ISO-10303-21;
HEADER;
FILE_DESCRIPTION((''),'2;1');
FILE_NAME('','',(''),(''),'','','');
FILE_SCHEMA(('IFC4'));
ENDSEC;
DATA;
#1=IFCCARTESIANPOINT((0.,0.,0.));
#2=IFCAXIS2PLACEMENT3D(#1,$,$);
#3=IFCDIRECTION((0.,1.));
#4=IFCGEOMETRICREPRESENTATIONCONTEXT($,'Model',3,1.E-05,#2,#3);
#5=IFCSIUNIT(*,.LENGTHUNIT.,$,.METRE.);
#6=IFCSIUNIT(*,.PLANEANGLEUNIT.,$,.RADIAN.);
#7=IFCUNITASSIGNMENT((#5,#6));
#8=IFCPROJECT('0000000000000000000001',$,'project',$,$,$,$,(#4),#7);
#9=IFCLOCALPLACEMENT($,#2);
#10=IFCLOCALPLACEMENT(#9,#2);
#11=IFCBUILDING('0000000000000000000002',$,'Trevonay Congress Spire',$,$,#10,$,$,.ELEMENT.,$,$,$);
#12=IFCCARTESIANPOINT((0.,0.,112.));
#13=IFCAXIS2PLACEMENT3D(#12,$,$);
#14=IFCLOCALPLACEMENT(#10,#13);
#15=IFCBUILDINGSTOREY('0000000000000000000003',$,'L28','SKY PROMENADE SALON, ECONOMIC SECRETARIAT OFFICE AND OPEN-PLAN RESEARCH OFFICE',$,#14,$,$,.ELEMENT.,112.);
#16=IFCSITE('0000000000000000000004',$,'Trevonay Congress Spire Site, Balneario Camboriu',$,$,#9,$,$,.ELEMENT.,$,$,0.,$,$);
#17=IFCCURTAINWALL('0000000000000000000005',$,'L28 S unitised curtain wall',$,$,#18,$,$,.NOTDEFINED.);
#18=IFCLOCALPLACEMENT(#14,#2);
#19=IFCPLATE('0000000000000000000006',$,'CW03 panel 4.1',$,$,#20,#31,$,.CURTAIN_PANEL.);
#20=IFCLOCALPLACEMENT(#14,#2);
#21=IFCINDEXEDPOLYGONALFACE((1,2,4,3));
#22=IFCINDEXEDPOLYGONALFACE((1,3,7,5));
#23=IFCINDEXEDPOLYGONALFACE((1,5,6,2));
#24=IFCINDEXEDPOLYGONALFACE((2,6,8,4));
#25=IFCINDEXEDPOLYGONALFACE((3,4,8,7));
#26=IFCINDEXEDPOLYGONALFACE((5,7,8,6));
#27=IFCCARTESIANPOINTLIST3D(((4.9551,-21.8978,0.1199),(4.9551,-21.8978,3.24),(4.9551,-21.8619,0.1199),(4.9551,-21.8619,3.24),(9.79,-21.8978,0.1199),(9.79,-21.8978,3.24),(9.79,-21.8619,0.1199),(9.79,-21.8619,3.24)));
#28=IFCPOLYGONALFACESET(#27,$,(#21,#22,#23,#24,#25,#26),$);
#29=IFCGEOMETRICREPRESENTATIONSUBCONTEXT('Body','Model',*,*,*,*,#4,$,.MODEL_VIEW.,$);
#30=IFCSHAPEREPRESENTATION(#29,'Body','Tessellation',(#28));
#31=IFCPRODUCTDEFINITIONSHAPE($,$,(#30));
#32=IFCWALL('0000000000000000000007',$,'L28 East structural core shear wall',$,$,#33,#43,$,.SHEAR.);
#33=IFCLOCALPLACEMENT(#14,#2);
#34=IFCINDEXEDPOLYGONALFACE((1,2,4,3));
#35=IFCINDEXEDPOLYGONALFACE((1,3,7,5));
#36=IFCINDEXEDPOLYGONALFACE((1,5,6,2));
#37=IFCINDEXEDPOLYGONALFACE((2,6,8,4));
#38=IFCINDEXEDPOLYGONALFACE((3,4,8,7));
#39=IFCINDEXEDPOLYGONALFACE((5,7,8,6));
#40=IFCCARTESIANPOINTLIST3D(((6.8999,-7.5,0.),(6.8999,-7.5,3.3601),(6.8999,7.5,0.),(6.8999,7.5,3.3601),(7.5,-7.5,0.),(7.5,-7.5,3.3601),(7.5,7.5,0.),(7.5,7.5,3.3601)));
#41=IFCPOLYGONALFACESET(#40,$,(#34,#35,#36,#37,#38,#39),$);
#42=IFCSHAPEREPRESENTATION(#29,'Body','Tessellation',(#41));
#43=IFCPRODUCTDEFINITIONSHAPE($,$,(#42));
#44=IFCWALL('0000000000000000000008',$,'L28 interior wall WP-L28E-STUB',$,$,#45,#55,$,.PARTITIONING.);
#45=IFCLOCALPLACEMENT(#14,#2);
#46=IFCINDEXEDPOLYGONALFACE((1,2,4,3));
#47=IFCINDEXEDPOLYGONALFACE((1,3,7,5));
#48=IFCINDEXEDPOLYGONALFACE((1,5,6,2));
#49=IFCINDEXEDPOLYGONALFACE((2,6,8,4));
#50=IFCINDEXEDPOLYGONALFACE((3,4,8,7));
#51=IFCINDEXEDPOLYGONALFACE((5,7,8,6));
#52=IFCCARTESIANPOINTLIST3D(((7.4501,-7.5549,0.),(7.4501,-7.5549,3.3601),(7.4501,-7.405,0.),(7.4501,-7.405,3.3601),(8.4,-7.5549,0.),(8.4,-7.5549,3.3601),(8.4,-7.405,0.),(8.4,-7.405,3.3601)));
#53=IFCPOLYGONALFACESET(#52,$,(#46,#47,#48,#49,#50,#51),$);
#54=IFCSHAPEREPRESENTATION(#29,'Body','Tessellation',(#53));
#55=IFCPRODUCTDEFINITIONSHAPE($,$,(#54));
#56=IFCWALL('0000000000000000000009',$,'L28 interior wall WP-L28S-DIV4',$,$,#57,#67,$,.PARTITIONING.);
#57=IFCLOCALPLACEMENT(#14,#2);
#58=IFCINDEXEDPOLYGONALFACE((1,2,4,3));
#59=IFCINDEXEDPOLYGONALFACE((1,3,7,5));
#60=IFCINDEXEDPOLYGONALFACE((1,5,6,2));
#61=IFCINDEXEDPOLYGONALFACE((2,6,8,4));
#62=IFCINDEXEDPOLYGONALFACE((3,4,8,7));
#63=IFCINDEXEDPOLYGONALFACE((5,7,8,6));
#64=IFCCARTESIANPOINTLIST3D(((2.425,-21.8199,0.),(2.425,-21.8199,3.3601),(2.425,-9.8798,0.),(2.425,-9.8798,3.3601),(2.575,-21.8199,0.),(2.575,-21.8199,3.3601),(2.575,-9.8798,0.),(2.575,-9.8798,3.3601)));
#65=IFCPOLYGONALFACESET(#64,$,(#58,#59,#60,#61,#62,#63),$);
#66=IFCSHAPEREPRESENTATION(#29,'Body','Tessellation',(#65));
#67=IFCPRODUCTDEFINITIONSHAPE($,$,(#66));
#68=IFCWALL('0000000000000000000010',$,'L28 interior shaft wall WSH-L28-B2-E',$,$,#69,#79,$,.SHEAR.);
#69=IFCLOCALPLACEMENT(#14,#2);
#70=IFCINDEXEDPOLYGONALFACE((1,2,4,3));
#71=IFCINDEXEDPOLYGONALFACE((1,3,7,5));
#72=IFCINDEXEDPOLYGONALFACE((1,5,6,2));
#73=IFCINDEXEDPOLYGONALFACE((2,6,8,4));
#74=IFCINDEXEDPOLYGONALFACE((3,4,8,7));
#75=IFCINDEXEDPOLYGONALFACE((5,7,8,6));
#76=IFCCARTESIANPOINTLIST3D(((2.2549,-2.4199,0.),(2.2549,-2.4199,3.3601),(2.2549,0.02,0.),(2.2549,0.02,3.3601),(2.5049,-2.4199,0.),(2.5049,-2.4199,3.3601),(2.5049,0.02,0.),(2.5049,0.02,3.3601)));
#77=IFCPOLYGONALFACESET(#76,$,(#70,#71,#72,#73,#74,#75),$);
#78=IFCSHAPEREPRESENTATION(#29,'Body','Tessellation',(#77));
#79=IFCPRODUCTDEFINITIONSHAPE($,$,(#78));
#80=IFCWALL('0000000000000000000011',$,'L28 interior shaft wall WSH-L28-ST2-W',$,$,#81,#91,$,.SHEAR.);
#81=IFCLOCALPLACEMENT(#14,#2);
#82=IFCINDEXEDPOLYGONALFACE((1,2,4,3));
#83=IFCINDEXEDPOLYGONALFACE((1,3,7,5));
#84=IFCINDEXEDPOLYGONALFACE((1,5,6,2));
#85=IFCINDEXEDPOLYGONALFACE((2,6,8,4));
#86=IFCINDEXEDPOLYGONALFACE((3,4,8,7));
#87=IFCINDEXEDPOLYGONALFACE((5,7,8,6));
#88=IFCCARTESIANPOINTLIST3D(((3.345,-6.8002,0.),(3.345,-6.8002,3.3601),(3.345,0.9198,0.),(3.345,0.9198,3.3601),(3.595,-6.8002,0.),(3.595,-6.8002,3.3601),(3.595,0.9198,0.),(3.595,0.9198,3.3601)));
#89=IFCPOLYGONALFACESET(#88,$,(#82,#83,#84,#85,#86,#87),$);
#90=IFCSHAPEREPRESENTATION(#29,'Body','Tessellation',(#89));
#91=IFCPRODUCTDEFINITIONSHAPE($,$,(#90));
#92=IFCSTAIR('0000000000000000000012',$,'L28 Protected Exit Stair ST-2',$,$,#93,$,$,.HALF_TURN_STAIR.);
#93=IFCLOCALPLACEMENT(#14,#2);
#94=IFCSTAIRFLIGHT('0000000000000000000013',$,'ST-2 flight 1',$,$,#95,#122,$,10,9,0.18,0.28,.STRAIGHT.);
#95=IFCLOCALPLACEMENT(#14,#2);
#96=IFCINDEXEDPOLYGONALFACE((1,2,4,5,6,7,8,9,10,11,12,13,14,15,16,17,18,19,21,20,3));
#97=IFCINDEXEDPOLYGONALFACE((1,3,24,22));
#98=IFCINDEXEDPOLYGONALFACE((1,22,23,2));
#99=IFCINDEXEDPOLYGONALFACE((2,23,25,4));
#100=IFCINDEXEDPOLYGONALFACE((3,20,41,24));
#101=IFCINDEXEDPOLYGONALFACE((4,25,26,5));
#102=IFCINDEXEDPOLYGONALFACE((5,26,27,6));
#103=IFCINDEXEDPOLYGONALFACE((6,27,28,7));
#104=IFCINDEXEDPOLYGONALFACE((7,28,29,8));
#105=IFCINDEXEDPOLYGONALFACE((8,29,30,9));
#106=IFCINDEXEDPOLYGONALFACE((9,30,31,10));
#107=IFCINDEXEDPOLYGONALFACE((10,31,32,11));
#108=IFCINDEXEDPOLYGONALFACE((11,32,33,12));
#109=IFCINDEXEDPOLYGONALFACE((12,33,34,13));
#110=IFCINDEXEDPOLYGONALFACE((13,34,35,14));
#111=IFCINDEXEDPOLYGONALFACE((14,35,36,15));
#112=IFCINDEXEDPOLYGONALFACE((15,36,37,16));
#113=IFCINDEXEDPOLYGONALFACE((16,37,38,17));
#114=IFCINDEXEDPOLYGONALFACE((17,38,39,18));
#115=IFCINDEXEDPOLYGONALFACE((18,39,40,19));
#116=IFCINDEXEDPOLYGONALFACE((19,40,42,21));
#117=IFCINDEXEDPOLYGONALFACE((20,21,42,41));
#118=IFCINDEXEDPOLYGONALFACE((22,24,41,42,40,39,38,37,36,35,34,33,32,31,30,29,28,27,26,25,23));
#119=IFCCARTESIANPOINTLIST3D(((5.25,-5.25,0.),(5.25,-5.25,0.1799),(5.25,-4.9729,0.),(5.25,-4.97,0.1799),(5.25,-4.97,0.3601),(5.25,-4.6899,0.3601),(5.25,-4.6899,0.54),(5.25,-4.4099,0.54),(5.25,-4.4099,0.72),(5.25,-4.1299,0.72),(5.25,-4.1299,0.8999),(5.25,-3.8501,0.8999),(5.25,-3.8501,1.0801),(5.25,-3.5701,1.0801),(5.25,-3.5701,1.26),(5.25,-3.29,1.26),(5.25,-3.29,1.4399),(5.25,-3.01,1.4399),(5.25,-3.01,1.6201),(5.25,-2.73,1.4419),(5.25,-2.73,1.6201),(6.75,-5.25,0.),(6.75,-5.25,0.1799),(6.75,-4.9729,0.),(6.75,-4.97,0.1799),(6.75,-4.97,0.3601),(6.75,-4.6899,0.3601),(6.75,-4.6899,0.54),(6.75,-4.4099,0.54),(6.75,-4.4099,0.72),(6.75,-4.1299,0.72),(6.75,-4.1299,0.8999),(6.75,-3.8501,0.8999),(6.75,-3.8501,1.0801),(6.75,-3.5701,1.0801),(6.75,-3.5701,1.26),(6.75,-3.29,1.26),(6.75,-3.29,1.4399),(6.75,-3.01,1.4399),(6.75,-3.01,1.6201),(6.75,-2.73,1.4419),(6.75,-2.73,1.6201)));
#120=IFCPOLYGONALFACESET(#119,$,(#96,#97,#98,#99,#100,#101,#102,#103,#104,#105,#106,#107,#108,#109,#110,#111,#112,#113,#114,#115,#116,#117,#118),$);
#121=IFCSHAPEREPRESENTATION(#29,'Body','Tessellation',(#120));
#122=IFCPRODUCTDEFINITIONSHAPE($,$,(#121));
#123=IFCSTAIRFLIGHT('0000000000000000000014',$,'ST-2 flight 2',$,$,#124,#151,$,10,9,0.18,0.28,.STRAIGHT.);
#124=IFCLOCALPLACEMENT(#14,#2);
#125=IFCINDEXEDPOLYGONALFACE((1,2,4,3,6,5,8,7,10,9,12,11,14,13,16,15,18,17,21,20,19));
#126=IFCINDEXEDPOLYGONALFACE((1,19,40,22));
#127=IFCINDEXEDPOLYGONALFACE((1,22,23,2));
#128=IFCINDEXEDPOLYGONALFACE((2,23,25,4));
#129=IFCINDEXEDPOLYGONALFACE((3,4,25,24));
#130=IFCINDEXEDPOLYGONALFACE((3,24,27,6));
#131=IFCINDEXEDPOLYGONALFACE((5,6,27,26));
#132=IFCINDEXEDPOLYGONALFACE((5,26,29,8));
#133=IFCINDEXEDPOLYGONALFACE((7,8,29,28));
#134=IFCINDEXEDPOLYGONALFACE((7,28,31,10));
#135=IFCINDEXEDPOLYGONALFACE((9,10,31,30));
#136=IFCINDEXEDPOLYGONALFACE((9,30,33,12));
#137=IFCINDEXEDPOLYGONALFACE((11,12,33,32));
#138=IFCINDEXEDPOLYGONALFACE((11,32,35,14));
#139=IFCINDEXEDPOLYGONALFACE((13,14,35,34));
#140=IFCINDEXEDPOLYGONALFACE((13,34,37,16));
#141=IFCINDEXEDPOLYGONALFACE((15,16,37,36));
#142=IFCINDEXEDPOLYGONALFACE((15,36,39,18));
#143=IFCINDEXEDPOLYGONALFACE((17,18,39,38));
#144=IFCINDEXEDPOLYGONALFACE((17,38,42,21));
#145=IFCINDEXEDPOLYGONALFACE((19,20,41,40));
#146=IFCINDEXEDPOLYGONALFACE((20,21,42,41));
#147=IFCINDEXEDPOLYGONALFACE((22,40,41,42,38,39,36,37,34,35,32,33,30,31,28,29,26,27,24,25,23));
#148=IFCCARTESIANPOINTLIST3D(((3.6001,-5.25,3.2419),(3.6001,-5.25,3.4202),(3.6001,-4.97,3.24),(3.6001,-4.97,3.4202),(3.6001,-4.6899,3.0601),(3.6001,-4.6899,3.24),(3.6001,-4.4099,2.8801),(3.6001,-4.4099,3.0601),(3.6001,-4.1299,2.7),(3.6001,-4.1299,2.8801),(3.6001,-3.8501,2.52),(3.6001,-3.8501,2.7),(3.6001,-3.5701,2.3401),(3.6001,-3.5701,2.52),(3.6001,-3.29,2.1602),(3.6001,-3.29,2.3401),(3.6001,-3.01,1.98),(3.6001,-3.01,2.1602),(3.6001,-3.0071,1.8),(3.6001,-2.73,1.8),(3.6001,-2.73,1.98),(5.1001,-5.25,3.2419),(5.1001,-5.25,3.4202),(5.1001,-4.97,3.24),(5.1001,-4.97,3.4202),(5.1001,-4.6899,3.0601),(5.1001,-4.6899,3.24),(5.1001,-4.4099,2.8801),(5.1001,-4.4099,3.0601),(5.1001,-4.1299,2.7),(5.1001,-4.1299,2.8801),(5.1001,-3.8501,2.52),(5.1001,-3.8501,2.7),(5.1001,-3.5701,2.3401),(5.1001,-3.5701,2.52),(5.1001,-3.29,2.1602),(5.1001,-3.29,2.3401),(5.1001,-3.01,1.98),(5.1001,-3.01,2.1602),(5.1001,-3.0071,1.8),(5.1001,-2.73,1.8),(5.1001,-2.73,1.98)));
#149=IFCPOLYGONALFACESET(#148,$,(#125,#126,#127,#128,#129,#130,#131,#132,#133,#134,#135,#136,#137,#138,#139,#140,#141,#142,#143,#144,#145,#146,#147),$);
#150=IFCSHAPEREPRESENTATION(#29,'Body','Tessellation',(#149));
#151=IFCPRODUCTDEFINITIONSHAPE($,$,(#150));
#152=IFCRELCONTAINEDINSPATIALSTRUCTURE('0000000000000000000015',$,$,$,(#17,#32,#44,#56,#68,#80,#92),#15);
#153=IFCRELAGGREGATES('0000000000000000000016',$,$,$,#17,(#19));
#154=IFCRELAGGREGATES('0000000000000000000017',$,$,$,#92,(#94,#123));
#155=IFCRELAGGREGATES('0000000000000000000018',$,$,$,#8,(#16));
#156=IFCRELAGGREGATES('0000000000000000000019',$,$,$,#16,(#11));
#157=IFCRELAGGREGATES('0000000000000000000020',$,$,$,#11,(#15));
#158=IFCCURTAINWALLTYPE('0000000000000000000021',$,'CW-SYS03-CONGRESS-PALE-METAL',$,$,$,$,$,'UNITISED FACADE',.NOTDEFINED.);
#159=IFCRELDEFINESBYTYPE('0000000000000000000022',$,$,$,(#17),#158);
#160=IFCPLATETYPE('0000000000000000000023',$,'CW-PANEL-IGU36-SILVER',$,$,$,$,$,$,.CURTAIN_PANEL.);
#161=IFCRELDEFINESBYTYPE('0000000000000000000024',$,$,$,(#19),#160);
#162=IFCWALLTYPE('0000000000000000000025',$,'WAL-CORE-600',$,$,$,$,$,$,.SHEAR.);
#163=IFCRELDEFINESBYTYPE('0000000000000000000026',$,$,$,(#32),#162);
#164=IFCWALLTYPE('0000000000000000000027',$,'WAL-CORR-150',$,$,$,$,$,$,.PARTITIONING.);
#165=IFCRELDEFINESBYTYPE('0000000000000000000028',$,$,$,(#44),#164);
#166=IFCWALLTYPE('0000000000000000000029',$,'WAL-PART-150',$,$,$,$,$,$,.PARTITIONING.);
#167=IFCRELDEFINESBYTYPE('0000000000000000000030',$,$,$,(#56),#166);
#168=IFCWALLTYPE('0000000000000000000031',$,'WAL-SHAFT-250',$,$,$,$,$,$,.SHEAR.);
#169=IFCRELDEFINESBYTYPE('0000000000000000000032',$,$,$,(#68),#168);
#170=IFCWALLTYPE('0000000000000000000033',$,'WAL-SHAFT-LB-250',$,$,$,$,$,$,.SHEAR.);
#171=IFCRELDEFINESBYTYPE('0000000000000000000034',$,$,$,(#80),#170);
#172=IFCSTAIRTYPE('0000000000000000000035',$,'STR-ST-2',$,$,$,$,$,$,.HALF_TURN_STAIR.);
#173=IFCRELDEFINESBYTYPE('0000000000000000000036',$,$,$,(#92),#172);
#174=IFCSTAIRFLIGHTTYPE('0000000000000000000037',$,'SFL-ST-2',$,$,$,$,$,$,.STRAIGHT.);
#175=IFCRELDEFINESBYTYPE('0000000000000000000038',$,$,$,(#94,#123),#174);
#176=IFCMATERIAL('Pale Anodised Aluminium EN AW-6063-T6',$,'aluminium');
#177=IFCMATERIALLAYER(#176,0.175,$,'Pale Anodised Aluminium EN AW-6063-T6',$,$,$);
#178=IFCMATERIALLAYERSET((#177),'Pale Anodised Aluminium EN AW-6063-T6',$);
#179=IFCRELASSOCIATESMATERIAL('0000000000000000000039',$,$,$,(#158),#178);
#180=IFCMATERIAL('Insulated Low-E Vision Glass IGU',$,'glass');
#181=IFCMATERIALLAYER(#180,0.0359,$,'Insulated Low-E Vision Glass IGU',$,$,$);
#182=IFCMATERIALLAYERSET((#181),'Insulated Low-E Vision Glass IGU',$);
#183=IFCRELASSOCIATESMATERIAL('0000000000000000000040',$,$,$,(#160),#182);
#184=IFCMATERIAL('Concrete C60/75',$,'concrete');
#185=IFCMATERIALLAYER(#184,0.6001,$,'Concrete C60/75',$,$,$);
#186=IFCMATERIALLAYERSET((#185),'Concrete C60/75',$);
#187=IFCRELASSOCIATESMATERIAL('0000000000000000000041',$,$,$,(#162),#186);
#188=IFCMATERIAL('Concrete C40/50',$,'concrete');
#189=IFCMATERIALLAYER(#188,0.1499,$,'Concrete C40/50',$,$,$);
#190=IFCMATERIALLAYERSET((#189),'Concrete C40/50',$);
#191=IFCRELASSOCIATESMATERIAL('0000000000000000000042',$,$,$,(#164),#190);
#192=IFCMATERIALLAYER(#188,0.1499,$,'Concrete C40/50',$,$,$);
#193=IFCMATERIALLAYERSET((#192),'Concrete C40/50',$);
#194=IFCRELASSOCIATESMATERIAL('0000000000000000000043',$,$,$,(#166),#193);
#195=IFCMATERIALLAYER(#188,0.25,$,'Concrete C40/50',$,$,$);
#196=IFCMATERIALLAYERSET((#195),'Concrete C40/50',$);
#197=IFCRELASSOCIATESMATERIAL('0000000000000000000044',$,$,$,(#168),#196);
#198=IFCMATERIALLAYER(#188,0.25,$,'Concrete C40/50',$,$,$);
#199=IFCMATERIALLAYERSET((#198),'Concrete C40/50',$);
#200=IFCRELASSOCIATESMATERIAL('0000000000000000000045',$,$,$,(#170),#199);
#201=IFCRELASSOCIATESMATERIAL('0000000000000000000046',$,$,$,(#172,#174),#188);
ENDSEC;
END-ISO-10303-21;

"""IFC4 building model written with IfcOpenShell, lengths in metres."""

from ifc_helpers import new_model, si_unit, direction, frame, frame_2d, origin, origin_2d, place, context, subcontext, project, spatial, polyline, rectangle, outline, extrude, material, layer, layer_set, type_object, element, aggregate, save


model = new_model("IFC4")

# Units and contexts
model_context = context("Model", 3, precision=1e-05, world=origin(), true_north=direction((0.0, 1.0)))
body_context = subcontext(model_context, "Body", "Model", "MODEL_VIEW")
ifc_project = project(units=[si_unit("LENGTHUNIT", "METRE"), si_unit("PLANEANGLEUNIT", "RADIAN")], contexts=[model_context])

# Site, building, storey
site_placement = place(None, origin())
site = spatial("IfcSite", under=ifc_project, at=site_placement, Name="Trevonay Congress Spire Site, Balneario Camboriu", CompositionType="ELEMENT", RefElevation=0.0)
building_placement = place(site_placement, origin())
building = spatial("IfcBuilding", under=site, at=building_placement, Name="Trevonay Congress Spire", CompositionType="ELEMENT")
storey_placement = place(building_placement, frame((0.0, 0.0, 112.0)))
storey = spatial("IfcBuildingStorey", under=building, at=storey_placement, Name="L28", Description="SKY PROMENADE SALON, ECONOMIC SECRETARIAT OFFICE AND OPEN-PLAN RESEARCH OFFICE", CompositionType="ELEMENT", Elevation=112.0)

# Curtain wall
ifc_material_1 = material(Name="Pale Anodised Aluminium EN AW-6063-T6", Category="aluminium")
ifc_layer_1 = layer(ifc_material_1, 0.175, Name="Pale Anodised Aluminium EN AW-6063-T6")
ifc_layer_set_1 = layer_set([ifc_layer_1], Name="Pale Anodised Aluminium EN AW-6063-T6")
curtain_wall_type = type_object("IfcCurtainWallType", Name="CW-SYS03-CONGRESS-PALE-METAL", ElementType="UNITISED FACADE", PredefinedType="NOTDEFINED", material=ifc_layer_set_1)
curtain_wall_placement = place(storey_placement, origin())
curtain_wall = element("IfcCurtainWall", 1, at=curtain_wall_placement, inside=storey, type_object=curtain_wall_type, Name="L28 S unitised curtain wall", PredefinedType="NOTDEFINED")

# Plate
ifc_material_2 = material(Name="Insulated Low-E Vision Glass IGU", Category="glass")
ifc_layer_2 = layer(ifc_material_2, 0.0359, Name="Insulated Low-E Vision Glass IGU")
ifc_layer_set_2 = layer_set([ifc_layer_2], Name="Insulated Low-E Vision Glass IGU")
plate_type = type_object("IfcPlateType", Name="CW-PANEL-IGU36-SILVER", PredefinedType="CURTAIN_PANEL", material=ifc_layer_set_2)
plate_1_placement = place(storey_placement, frame((7.3726, -21.8799, 0.1199), z_axis=(0.0, 0.0, 1.0), x_axis=(1.0, 0.0, 0.0)))
plate_1 = element("IfcPlate", 2, at=plate_1_placement, type_object=plate_type, Name="CW03 panel 4.1", PredefinedType="CURTAIN_PANEL", context=body_context, shape_type="SweptSolid", body=[
    extrude(rectangle(XDim=4.835, YDim=0.0359, at=origin_2d()), origin(), (0.0, 0.0, 1.0), 3.1201),
])
aggregate(curtain_wall, [plate_1])

# Walls
ifc_material_3 = material(Name="Concrete C60/75", Category="concrete")
ifc_layer_3 = layer(ifc_material_3, 0.6001, Name="Concrete C60/75")
ifc_layer_set_3 = layer_set([ifc_layer_3], Name="Concrete C60/75")
wall_type_1 = type_object("IfcWallType", Name="WAL-CORE-600", PredefinedType="SHEAR", material=ifc_layer_set_3)
wall_1_placement = place(storey_placement, frame((7.2, -7.5, 0.0), z_axis=(0.0, 0.0, 1.0), x_axis=(0.0, 1.0, 0.0)))
element("IfcWall", 3, at=wall_1_placement, inside=storey, type_object=wall_type_1, Name="L28 East structural core shear wall", PredefinedType="SHEAR", context=body_context, shape_type="SweptSolid", body=[
    extrude(rectangle(XDim=15.0, YDim=0.6001, at=frame_2d((7.5, 0.0))), origin(), (0.0, 0.0, 1.0), 3.3601),
])
ifc_material_4 = material(Name="Concrete C40/50", Category="concrete")
ifc_layer_4 = layer(ifc_material_4, 0.1499, Name="Concrete C40/50")
ifc_layer_set_4 = layer_set([ifc_layer_4], Name="Concrete C40/50")
wall_type_2 = type_object("IfcWallType", Name="WAL-CORR-150", PredefinedType="PARTITIONING", material=ifc_layer_set_4)
wall_2_placement = place(storey_placement, frame((7.45, -7.48, 0.0), z_axis=(0.0, 0.0, 1.0), x_axis=(1.0, 0.0, 0.0)))
element("IfcWall", 4, at=wall_2_placement, inside=storey, type_object=wall_type_2, Name="L28 interior wall WP-L28E-STUB", PredefinedType="PARTITIONING", context=body_context, shape_type="SweptSolid", body=[
    extrude(rectangle(XDim=0.95, YDim=0.1499, at=frame_2d((0.4751, 0.0))), origin(), (0.0, 0.0, 1.0), 3.3601),
])
ifc_layer_5 = layer(ifc_material_4, 0.1499, Name="Concrete C40/50")
ifc_layer_set_5 = layer_set([ifc_layer_5], Name="Concrete C40/50")
wall_type_3 = type_object("IfcWallType", Name="WAL-PART-150", PredefinedType="PARTITIONING", material=ifc_layer_set_5)
wall_3_placement = place(storey_placement, frame((2.5, -21.8201, 0.0), z_axis=(0.0, 0.0, 1.0), x_axis=(0.0, 1.0, 0.0)))
element("IfcWall", 5, at=wall_3_placement, inside=storey, type_object=wall_type_3, Name="L28 interior wall WP-L28S-DIV4", PredefinedType="PARTITIONING", context=body_context, shape_type="SweptSolid", body=[
    extrude(rectangle(XDim=11.9402, YDim=0.1499, at=frame_2d((5.9702, 0.0))), origin(), (0.0, 0.0, 1.0), 3.3601),
])
ifc_layer_6 = layer(ifc_material_4, 0.25, Name="Concrete C40/50")
ifc_layer_set_6 = layer_set([ifc_layer_6], Name="Concrete C40/50")
wall_type_4 = type_object("IfcWallType", Name="WAL-SHAFT-250", PredefinedType="SHEAR", material=ifc_layer_set_6)
wall_4_placement = place(storey_placement, frame((2.3799, -2.4199, 0.0), z_axis=(0.0, 0.0, 1.0), x_axis=(0.0, 1.0, 0.0)))
element("IfcWall", 6, at=wall_4_placement, inside=storey, type_object=wall_type_4, Name="L28 interior shaft wall WSH-L28-B2-E", PredefinedType="SHEAR", context=body_context, shape_type="SweptSolid", body=[
    extrude(rectangle(XDim=2.4399, YDim=0.25, at=frame_2d((1.22, 0.0))), origin(), (0.0, 0.0, 1.0), 3.3601),
])
ifc_layer_7 = layer(ifc_material_4, 0.25, Name="Concrete C40/50")
ifc_layer_set_7 = layer_set([ifc_layer_7], Name="Concrete C40/50")
wall_type_5 = type_object("IfcWallType", Name="WAL-SHAFT-LB-250", PredefinedType="SHEAR", material=ifc_layer_set_7)
wall_5_placement = place(storey_placement, frame((3.47, -6.8, 0.0), z_axis=(0.0, 0.0, 1.0), x_axis=(0.0, 1.0, 0.0)))
element("IfcWall", 7, at=wall_5_placement, inside=storey, type_object=wall_type_5, Name="L28 interior shaft wall WSH-L28-ST2-W", PredefinedType="SHEAR", context=body_context, shape_type="SweptSolid", body=[
    extrude(rectangle(XDim=7.72, YDim=0.25, at=frame_2d((3.8599, 0.0))), origin(), (0.0, 0.0, 1.0), 3.3601),
])

# Stair, stair flights
stair_type = type_object("IfcStairType", Name="STR-ST-2", PredefinedType="HALF_TURN_STAIR", material=ifc_material_4)
stair_placement = place(storey_placement, origin())
stair = element("IfcStair", 8, at=stair_placement, inside=storey, type_object=stair_type, Name="L28 Protected Exit Stair ST-2", PredefinedType="HALF_TURN_STAIR")
stair_flight_type = type_object("IfcStairFlightType", Name="SFL-ST-2", PredefinedType="STRAIGHT", material=ifc_material_4)
stair_flight_1_placement = place(storey_placement, frame((6.0, -5.25, 0.0), z_axis=(0.0, 0.0, 1.0), x_axis=(0.0, 1.0, 0.0)))
stair_flight_1 = element("IfcStairFlight", 9, at=stair_flight_1_placement, type_object=stair_flight_type, Name="ST-2 flight 1", NumberOfRisers=10, NumberOfTreads=9, PredefinedType="STRAIGHT", RiserHeight=0.18, TreadLength=0.28, context=body_context, shape_type="SweptSolid", body=[
    extrude(outline(polyline([(0.0, 0.0), (0.0, 0.1799), (0.28, 0.1799), (0.28, 0.3601), (0.5601, 0.3601), (0.5601, 0.54), (0.8401, 0.54), (0.8401, 0.72), (1.1201, 0.72), (1.1201, 0.8999), (1.3999, 0.8999), (1.3999, 1.0801), (1.6799, 1.0801), (1.6799, 1.26), (1.96, 1.26), (1.96, 1.4399), (2.24, 1.4399), (2.24, 1.6201), (2.52, 1.6201), (2.52, 1.8), (2.52, 1.4419), (0.2771, 0.0), (0.0, 0.0)])), frame((0.0, 0.75, 0.0), z_axis=(0.0, -1.0, 0.0), x_axis=(1.0, 0.0, 0.0)), (0.0, 0.0, 1.0), 1.5),
])
stair_flight_2_placement = place(storey_placement, frame((4.3501, -2.73, 1.8), z_axis=(0.0, 0.0, 1.0), x_axis=(0.0, -1.0, 0.0)))
stair_flight_2 = element("IfcStairFlight", 10, at=stair_flight_2_placement, type_object=stair_flight_type, Name="ST-2 flight 2", NumberOfRisers=10, NumberOfTreads=9, PredefinedType="STRAIGHT", RiserHeight=0.18, TreadLength=0.28, context=body_context, shape_type="SweptSolid", body=[
    extrude(outline(polyline([(0.0, 0.0), (0.0, 0.1799), (0.28, 0.1799), (0.28, 0.3601), (0.5601, 0.3601), (0.5601, 0.54), (0.8401, 0.54), (0.8401, 0.72), (1.1201, 0.72), (1.1201, 0.8999), (1.3999, 0.8999), (1.3999, 1.0801), (1.6799, 1.0801), (1.6799, 1.26), (1.96, 1.26), (1.96, 1.4399), (2.24, 1.4399), (2.24, 1.6201), (2.52, 1.6201), (2.52, 1.8), (2.52, 1.4419), (0.2771, 0.0), (0.0, 0.0)])), frame((0.0, 0.75, 0.0), z_axis=(0.0, -1.0, 0.0), x_axis=(1.0, 0.0, 0.0)), (0.0, 0.0, 1.0), 1.5),
])
aggregate(stair, [stair_flight_1, stair_flight_2])

save(model, "model.ifc")
